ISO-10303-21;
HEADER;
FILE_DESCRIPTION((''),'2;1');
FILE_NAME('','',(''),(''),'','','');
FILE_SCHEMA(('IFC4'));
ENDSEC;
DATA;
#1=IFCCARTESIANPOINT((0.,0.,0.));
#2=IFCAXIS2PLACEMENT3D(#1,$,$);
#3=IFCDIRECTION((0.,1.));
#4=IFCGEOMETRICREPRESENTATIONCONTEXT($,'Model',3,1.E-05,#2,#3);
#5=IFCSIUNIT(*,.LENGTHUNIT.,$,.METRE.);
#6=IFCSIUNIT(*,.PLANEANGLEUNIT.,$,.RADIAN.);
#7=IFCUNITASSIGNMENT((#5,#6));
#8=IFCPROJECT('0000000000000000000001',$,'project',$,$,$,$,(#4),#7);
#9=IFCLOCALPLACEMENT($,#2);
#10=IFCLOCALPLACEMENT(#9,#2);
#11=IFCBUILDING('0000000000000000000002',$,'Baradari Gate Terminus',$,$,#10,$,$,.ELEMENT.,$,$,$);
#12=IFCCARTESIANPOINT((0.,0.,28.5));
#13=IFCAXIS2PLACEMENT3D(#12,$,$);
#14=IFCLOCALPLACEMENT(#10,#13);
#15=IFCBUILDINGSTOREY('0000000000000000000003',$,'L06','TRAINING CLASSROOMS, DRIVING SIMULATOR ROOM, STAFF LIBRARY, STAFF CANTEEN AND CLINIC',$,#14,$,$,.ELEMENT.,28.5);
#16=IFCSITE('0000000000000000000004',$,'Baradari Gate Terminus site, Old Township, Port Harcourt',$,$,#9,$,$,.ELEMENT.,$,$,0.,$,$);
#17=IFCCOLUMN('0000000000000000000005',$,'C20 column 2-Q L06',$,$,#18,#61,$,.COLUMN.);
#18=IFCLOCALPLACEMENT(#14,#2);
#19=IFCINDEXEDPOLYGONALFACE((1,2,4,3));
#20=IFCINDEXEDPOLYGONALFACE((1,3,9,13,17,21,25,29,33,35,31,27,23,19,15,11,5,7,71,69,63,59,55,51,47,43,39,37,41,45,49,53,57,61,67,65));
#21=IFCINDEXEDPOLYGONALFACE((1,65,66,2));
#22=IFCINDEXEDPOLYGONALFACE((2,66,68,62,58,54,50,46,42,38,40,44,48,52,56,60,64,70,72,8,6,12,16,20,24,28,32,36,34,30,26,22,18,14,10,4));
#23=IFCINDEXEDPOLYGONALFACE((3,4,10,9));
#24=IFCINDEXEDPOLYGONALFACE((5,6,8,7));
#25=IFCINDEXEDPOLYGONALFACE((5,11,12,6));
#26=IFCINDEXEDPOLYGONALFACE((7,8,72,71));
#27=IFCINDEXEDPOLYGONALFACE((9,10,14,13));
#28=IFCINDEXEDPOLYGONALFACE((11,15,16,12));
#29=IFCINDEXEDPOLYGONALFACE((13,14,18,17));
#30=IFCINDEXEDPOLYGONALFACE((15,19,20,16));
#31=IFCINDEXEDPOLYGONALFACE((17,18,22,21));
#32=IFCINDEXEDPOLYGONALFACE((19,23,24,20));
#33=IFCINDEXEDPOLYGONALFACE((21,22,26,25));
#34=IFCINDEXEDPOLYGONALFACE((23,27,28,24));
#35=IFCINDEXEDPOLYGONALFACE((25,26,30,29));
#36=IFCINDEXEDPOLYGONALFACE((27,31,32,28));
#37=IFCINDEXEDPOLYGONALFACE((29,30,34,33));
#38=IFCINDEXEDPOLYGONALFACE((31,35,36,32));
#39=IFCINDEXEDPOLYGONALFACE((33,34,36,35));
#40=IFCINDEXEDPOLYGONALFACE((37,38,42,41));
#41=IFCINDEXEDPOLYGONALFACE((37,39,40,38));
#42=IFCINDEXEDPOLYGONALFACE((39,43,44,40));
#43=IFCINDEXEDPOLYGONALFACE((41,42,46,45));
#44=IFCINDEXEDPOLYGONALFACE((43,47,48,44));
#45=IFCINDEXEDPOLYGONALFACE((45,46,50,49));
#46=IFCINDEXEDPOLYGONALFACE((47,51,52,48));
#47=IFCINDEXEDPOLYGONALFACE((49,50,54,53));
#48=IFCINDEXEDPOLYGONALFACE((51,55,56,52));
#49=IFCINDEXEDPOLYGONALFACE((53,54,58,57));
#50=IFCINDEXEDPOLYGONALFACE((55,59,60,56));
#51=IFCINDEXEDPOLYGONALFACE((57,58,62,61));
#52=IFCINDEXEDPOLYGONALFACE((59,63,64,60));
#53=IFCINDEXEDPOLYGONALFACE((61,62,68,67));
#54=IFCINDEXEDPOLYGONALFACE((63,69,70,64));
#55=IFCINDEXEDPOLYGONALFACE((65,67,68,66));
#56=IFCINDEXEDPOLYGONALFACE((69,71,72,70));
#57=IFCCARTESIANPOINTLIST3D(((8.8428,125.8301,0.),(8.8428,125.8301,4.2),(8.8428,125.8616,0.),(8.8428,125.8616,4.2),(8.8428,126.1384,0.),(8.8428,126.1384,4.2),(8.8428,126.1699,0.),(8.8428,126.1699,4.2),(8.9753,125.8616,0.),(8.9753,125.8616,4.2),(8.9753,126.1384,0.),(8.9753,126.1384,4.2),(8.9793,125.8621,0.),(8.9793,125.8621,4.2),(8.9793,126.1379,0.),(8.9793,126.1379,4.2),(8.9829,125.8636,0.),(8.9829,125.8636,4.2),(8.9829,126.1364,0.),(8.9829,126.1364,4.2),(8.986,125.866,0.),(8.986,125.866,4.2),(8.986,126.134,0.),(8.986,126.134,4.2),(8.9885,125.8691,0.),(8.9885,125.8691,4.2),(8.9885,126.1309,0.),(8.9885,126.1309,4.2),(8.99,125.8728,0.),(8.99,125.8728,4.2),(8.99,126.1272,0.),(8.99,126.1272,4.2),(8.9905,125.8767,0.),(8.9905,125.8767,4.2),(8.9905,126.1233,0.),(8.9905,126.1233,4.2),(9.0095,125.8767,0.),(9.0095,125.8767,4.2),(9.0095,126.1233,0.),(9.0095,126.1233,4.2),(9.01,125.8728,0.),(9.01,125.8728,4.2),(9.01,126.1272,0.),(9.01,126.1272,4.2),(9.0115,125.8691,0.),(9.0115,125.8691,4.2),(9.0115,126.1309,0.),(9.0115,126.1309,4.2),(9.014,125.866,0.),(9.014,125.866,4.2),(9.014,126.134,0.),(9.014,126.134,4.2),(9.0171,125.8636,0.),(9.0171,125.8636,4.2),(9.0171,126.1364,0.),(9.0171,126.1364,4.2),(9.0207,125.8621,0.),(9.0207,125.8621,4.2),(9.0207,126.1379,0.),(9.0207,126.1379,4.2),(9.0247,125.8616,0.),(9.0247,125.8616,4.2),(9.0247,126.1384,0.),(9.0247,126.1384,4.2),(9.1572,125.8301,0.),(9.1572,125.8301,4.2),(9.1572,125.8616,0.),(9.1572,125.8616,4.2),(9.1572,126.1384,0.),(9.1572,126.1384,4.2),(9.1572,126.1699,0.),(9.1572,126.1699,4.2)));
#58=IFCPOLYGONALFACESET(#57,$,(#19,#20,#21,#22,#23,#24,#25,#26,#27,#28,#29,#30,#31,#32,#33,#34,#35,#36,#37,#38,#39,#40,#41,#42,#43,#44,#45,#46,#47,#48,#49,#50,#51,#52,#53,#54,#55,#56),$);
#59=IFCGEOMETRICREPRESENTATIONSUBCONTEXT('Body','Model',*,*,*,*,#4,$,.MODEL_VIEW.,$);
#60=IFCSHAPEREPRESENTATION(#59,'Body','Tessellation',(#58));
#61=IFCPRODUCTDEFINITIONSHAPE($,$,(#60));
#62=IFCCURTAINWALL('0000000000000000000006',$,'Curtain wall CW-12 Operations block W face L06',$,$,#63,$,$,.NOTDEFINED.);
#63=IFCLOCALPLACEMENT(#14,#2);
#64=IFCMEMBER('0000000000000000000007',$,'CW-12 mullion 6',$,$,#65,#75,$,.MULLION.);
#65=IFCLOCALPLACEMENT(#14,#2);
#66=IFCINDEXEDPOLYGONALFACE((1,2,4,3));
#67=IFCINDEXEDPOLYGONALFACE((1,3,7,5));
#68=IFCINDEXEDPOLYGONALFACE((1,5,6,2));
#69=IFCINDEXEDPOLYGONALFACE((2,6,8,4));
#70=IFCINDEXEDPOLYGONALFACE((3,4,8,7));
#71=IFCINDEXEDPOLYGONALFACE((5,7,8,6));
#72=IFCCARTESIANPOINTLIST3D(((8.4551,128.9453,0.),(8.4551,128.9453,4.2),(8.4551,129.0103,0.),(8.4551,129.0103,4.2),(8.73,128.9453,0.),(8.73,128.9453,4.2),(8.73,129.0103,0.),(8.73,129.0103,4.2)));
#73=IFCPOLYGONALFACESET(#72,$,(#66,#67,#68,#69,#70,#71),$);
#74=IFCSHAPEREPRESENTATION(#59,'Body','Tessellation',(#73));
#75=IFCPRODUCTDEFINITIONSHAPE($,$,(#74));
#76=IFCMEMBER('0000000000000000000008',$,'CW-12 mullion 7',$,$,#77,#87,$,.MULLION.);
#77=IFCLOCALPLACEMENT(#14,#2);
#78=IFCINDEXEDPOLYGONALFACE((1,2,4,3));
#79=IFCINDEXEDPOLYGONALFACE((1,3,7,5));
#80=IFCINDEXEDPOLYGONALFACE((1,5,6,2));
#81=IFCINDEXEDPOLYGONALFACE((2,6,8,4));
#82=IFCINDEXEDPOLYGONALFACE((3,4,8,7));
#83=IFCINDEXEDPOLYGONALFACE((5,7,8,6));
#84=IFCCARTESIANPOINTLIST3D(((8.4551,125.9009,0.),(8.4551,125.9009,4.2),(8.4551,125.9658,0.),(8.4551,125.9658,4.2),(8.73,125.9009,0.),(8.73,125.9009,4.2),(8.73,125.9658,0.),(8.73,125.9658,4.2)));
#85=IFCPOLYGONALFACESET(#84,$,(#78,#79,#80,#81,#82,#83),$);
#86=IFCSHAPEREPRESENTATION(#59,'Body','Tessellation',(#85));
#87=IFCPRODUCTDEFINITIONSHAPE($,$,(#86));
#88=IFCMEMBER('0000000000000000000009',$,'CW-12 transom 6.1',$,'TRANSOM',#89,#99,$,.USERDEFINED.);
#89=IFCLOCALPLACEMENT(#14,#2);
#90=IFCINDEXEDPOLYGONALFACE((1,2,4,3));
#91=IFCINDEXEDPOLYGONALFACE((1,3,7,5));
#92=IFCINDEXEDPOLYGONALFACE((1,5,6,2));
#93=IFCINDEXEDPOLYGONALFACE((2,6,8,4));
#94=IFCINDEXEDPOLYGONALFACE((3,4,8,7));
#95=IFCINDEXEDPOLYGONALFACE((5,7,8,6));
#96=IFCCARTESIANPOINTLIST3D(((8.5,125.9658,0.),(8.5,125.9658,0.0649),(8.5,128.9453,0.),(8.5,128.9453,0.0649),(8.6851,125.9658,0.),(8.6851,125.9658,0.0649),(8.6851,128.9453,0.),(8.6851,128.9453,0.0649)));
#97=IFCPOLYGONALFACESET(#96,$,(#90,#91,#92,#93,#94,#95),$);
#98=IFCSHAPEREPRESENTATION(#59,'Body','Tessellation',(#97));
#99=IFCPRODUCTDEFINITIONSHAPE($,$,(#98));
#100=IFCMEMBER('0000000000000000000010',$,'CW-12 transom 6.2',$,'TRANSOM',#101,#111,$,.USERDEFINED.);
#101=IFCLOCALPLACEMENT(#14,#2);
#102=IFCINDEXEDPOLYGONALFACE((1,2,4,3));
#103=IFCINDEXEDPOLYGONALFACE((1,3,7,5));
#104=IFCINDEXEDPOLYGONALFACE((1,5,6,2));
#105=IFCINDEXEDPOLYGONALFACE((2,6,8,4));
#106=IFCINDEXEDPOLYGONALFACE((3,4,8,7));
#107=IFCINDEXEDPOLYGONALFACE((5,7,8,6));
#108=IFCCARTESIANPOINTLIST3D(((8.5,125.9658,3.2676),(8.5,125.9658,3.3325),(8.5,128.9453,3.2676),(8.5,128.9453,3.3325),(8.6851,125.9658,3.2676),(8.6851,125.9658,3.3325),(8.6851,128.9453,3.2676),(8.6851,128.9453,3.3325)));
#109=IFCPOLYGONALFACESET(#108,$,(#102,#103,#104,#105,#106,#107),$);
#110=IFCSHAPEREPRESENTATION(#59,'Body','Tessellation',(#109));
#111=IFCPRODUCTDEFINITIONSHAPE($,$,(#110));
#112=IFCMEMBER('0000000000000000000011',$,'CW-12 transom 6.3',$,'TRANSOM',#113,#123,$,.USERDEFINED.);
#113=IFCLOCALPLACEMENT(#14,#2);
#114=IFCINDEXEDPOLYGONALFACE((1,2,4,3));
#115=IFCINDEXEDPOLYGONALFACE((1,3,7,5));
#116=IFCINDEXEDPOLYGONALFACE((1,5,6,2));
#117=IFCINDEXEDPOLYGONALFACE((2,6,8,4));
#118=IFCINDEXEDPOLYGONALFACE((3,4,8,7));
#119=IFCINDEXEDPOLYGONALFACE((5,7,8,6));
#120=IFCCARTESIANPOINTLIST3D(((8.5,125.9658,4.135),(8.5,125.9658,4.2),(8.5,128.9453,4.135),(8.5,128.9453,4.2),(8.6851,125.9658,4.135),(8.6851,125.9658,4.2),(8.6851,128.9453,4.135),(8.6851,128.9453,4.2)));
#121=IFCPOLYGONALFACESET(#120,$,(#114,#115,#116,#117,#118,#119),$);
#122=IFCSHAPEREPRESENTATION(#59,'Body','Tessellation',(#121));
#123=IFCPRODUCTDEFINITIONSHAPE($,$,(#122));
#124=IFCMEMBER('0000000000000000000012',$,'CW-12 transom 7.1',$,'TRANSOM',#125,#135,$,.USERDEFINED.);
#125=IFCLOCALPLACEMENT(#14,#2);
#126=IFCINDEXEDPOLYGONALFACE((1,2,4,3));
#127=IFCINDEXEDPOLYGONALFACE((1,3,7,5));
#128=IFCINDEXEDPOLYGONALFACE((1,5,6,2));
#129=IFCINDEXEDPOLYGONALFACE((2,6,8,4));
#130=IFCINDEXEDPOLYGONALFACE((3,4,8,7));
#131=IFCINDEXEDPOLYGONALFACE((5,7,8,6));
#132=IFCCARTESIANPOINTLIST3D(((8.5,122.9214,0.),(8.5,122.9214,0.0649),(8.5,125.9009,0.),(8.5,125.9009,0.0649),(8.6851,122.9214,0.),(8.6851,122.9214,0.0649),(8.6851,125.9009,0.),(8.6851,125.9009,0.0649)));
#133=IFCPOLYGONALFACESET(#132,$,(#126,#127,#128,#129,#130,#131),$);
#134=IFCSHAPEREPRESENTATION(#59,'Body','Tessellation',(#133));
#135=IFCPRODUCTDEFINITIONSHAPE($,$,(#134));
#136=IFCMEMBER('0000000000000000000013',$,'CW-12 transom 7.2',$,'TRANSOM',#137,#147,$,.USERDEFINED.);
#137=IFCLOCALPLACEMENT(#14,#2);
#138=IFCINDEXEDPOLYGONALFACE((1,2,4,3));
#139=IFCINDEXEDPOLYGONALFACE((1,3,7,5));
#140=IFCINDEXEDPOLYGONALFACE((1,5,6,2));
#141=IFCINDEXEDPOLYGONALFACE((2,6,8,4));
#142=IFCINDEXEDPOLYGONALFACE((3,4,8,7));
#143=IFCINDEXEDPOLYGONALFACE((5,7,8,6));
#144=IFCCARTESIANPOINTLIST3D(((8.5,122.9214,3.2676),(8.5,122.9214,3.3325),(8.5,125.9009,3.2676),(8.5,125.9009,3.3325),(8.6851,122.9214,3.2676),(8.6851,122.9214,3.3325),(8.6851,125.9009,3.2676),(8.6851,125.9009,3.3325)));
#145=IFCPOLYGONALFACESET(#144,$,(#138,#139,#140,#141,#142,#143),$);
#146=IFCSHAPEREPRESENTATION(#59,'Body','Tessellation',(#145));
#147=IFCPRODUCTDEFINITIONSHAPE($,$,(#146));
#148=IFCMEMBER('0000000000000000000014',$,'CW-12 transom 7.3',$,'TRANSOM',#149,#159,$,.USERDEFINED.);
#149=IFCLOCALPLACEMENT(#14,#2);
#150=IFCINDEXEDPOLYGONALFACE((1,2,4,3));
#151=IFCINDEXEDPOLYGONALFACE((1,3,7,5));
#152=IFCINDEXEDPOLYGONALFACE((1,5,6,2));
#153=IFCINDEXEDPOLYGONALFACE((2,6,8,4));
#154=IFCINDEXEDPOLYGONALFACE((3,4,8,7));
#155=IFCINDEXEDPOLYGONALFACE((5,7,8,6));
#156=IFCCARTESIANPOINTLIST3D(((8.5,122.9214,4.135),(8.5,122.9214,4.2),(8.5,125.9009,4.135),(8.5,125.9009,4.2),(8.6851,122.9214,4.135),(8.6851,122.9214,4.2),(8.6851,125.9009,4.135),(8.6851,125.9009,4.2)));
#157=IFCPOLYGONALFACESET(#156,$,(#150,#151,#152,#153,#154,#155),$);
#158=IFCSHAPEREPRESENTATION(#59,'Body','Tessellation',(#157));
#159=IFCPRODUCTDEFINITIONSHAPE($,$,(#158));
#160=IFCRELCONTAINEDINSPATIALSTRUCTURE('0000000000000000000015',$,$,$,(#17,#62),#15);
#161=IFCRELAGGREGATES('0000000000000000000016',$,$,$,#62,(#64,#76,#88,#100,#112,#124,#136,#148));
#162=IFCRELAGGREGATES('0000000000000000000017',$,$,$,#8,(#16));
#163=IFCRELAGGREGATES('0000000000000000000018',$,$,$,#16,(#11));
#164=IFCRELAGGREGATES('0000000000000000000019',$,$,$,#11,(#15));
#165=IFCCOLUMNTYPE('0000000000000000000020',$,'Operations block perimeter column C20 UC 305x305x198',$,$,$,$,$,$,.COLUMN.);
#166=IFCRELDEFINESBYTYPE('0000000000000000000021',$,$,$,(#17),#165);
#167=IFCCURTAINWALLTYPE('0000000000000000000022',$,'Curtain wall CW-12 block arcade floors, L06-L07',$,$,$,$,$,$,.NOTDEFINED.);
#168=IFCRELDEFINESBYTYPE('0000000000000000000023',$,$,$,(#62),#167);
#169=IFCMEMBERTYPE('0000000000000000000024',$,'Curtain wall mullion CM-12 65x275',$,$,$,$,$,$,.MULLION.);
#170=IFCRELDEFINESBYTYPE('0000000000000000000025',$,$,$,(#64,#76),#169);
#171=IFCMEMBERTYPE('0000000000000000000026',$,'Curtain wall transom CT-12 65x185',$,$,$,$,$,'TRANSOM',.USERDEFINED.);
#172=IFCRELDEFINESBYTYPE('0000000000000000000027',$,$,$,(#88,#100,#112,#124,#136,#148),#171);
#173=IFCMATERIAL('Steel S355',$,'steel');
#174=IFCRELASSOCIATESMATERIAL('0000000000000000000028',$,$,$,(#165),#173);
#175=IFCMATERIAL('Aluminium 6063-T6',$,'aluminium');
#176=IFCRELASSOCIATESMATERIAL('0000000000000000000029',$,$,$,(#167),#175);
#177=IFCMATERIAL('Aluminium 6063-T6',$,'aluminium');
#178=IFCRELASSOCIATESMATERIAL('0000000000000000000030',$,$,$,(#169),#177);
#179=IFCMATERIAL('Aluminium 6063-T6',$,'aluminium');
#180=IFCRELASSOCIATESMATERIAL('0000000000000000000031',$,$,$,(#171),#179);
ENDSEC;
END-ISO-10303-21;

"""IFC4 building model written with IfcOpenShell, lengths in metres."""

from ifc_helpers import new_model, si_unit, direction, frame, origin, origin_2d, place, context, subcontext, project, spatial, rectangle, i_section, extrude, material, material_profile, profile_set, type_object, element, aggregate, save


model = new_model("IFC4")

# Units and contexts
model_context = context("Model", 3, precision=1e-05, world=origin(), true_north=direction((0.0, 1.0)))
body_context = subcontext(model_context, "Body", "Model", "MODEL_VIEW")
ifc_project = project(units=[si_unit("LENGTHUNIT", "METRE"), si_unit("PLANEANGLEUNIT", "RADIAN")], contexts=[model_context])

# Site, building, storey
site_placement = place(None, origin())
site = spatial("IfcSite", under=ifc_project, at=site_placement, Name="Baradari Gate Terminus site, Old Township, Port Harcourt", CompositionType="ELEMENT", RefElevation=0.0)
building_placement = place(site_placement, origin())
building = spatial("IfcBuilding", under=site, at=building_placement, Name="Baradari Gate Terminus", CompositionType="ELEMENT")
storey_placement = place(building_placement, frame((0.0, 0.0, 28.5)))
storey = spatial("IfcBuildingStorey", under=building, at=storey_placement, Name="L06", Description="TRAINING CLASSROOMS, DRIVING SIMULATOR ROOM, STAFF LIBRARY, STAFF CANTEEN AND CLINIC", CompositionType="ELEMENT", Elevation=28.5)

# Column
ifc_material_1 = material(Name="Steel S355", Category="steel")
ifc_material_profile_1 = material_profile(ifc_material_1, i_section(OverallWidth=0.3145, OverallDepth=0.3398, WebThickness=0.019, FlangeThickness=0.0315, FilletRadius=0.0151, at=origin_2d()), Name="UC 305x305x198")
ifc_profile_set_1 = profile_set([ifc_material_profile_1], Name="Steel S355")
column_type = type_object("IfcColumnType", Name="Operations block perimeter column C20 UC 305x305x198", PredefinedType="COLUMN", material=ifc_profile_set_1)
column_placement = place(storey_placement, frame((9.0, 126.0, 0.0), z_axis=(0.0, 0.0, 1.0), x_axis=(1.0, 0.0, 0.0)))
element("IfcColumn", 1, at=column_placement, inside=storey, type_object=column_type, Name="C20 column 2-Q L06", PredefinedType="COLUMN", context=body_context, shape_type="SweptSolid", body=[
    extrude(i_section(OverallWidth=0.3145, OverallDepth=0.3398, WebThickness=0.019, FlangeThickness=0.0315, FilletRadius=0.0151, at=origin_2d()), origin(), (0.0, 0.0, 1.0), 4.2),
])

# Curtain wall, members
ifc_material_2 = material(Name="Aluminium 6063-T6", Category="aluminium")
curtain_wall_type = type_object("IfcCurtainWallType", Name="Curtain wall CW-12 block arcade floors, L06-L07", PredefinedType="NOTDEFINED", material=ifc_material_2)
curtain_wall_placement = place(storey_placement, origin())
curtain_wall = element("IfcCurtainWall", 2, at=curtain_wall_placement, inside=storey, type_object=curtain_wall_type, Name="Curtain wall CW-12 Operations block W face L06", PredefinedType="NOTDEFINED")
ifc_material_3 = material(Name="Aluminium 6063-T6", Category="aluminium")
ifc_material_profile_2 = material_profile(ifc_material_3, rectangle(XDim=0.2749, YDim=0.0649, at=origin_2d()), Name="CM-12 65X275")
ifc_profile_set_2 = profile_set([ifc_material_profile_2], Name="Aluminium 6063-T6")
member_type_1 = type_object("IfcMemberType", Name="Curtain wall mullion CM-12 65x275", PredefinedType="MULLION", material=ifc_profile_set_2)
member_1_placement = place(storey_placement, frame((8.5925, 128.9778, 0.0), z_axis=(0.0, 0.0, 1.0), x_axis=(1.0, 0.0, 0.0)))
member_1 = element("IfcMember", 3, at=member_1_placement, type_object=member_type_1, Name="CW-12 mullion 6", PredefinedType="MULLION", context=body_context, shape_type="SweptSolid", body=[
    extrude(rectangle(XDim=0.2749, YDim=0.0649, at=origin_2d()), origin(), (0.0, 0.0, 1.0), 4.2),
])
member_2_placement = place(storey_placement, frame((8.5925, 125.9333, 0.0), z_axis=(0.0, 0.0, 1.0), x_axis=(1.0, 0.0, 0.0)))
member_2 = element("IfcMember", 4, at=member_2_placement, type_object=member_type_1, Name="CW-12 mullion 7", PredefinedType="MULLION", context=body_context, shape_type="SweptSolid", body=[
    extrude(rectangle(XDim=0.2749, YDim=0.0649, at=origin_2d()), origin(), (0.0, 0.0, 1.0), 4.2),
])
ifc_material_4 = material(Name="Aluminium 6063-T6", Category="aluminium")
ifc_material_profile_3 = material_profile(ifc_material_4, rectangle(XDim=0.1851, YDim=0.0649, at=origin_2d()), Name="CT-12 65X185")
ifc_profile_set_3 = profile_set([ifc_material_profile_3], Name="Aluminium 6063-T6")
member_type_2 = type_object("IfcMemberType", Name="Curtain wall transom CT-12 65x185", ElementType="TRANSOM", PredefinedType="USERDEFINED", material=ifc_profile_set_3)
member_3_placement = place(storey_placement, frame((8.5925, 128.9453, 0.0325), z_axis=(0.0, -1.0, 0.0), x_axis=(1.0, 0.0, 0.0)))
member_3 = element("IfcMember", 5, at=member_3_placement, type_object=member_type_2, Name="CW-12 transom 6.1", ObjectType="TRANSOM", PredefinedType="USERDEFINED", context=body_context, shape_type="SweptSolid", body=[
    extrude(rectangle(XDim=0.1851, YDim=0.0649, at=origin_2d()), origin(), (0.0, 0.0, 1.0), 2.9795),
])
member_4_placement = place(storey_placement, frame((8.5925, 128.9453, 3.3), z_axis=(0.0, -1.0, 0.0), x_axis=(1.0, 0.0, 0.0)))
member_4 = element("IfcMember", 6, at=member_4_placement, type_object=member_type_2, Name="CW-12 transom 6.2", ObjectType="TRANSOM", PredefinedType="USERDEFINED", context=body_context, shape_type="SweptSolid", body=[
    extrude(rectangle(XDim=0.1851, YDim=0.0649, at=origin_2d()), origin(), (0.0, 0.0, 1.0), 2.9795),
])
member_5_placement = place(storey_placement, frame((8.5925, 128.9453, 4.1675), z_axis=(0.0, -1.0, 0.0), x_axis=(1.0, 0.0, 0.0)))
member_5 = element("IfcMember", 7, at=member_5_placement, type_object=member_type_2, Name="CW-12 transom 6.3", ObjectType="TRANSOM", PredefinedType="USERDEFINED", context=body_context, shape_type="SweptSolid", body=[
    extrude(rectangle(XDim=0.1851, YDim=0.0649, at=origin_2d()), origin(), (0.0, 0.0, 1.0), 2.9795),
])
member_6_placement = place(storey_placement, frame((8.5925, 125.9009, 0.0325), z_axis=(0.0, -1.0, 0.0), x_axis=(1.0, 0.0, 0.0)))
member_6 = element("IfcMember", 8, at=member_6_placement, type_object=member_type_2, Name="CW-12 transom 7.1", ObjectType="TRANSOM", PredefinedType="USERDEFINED", context=body_context, shape_type="SweptSolid", body=[
    extrude(rectangle(XDim=0.1851, YDim=0.0649, at=origin_2d()), origin(), (0.0, 0.0, 1.0), 2.9795),
])
member_7_placement = place(storey_placement, frame((8.5925, 125.9009, 3.3), z_axis=(0.0, -1.0, 0.0), x_axis=(1.0, 0.0, 0.0)))
member_7 = element("IfcMember", 9, at=member_7_placement, type_object=member_type_2, Name="CW-12 transom 7.2", ObjectType="TRANSOM", PredefinedType="USERDEFINED", context=body_context, shape_type="SweptSolid", body=[
    extrude(rectangle(XDim=0.1851, YDim=0.0649, at=origin_2d()), origin(), (0.0, 0.0, 1.0), 2.9795),
])
member_8_placement = place(storey_placement, frame((8.5925, 125.9009, 4.1675), z_axis=(0.0, -1.0, 0.0), x_axis=(1.0, 0.0, 0.0)))
member_8 = element("IfcMember", 10, at=member_8_placement, type_object=member_type_2, Name="CW-12 transom 7.3", ObjectType="TRANSOM", PredefinedType="USERDEFINED", context=body_context, shape_type="SweptSolid", body=[
    extrude(rectangle(XDim=0.1851, YDim=0.0649, at=origin_2d()), origin(), (0.0, 0.0, 1.0), 2.9795),
])

aggregate(curtain_wall, [member_1, member_2, member_3, member_4, member_5, member_6, member_7, member_8])

save(model, "model.ifc")
